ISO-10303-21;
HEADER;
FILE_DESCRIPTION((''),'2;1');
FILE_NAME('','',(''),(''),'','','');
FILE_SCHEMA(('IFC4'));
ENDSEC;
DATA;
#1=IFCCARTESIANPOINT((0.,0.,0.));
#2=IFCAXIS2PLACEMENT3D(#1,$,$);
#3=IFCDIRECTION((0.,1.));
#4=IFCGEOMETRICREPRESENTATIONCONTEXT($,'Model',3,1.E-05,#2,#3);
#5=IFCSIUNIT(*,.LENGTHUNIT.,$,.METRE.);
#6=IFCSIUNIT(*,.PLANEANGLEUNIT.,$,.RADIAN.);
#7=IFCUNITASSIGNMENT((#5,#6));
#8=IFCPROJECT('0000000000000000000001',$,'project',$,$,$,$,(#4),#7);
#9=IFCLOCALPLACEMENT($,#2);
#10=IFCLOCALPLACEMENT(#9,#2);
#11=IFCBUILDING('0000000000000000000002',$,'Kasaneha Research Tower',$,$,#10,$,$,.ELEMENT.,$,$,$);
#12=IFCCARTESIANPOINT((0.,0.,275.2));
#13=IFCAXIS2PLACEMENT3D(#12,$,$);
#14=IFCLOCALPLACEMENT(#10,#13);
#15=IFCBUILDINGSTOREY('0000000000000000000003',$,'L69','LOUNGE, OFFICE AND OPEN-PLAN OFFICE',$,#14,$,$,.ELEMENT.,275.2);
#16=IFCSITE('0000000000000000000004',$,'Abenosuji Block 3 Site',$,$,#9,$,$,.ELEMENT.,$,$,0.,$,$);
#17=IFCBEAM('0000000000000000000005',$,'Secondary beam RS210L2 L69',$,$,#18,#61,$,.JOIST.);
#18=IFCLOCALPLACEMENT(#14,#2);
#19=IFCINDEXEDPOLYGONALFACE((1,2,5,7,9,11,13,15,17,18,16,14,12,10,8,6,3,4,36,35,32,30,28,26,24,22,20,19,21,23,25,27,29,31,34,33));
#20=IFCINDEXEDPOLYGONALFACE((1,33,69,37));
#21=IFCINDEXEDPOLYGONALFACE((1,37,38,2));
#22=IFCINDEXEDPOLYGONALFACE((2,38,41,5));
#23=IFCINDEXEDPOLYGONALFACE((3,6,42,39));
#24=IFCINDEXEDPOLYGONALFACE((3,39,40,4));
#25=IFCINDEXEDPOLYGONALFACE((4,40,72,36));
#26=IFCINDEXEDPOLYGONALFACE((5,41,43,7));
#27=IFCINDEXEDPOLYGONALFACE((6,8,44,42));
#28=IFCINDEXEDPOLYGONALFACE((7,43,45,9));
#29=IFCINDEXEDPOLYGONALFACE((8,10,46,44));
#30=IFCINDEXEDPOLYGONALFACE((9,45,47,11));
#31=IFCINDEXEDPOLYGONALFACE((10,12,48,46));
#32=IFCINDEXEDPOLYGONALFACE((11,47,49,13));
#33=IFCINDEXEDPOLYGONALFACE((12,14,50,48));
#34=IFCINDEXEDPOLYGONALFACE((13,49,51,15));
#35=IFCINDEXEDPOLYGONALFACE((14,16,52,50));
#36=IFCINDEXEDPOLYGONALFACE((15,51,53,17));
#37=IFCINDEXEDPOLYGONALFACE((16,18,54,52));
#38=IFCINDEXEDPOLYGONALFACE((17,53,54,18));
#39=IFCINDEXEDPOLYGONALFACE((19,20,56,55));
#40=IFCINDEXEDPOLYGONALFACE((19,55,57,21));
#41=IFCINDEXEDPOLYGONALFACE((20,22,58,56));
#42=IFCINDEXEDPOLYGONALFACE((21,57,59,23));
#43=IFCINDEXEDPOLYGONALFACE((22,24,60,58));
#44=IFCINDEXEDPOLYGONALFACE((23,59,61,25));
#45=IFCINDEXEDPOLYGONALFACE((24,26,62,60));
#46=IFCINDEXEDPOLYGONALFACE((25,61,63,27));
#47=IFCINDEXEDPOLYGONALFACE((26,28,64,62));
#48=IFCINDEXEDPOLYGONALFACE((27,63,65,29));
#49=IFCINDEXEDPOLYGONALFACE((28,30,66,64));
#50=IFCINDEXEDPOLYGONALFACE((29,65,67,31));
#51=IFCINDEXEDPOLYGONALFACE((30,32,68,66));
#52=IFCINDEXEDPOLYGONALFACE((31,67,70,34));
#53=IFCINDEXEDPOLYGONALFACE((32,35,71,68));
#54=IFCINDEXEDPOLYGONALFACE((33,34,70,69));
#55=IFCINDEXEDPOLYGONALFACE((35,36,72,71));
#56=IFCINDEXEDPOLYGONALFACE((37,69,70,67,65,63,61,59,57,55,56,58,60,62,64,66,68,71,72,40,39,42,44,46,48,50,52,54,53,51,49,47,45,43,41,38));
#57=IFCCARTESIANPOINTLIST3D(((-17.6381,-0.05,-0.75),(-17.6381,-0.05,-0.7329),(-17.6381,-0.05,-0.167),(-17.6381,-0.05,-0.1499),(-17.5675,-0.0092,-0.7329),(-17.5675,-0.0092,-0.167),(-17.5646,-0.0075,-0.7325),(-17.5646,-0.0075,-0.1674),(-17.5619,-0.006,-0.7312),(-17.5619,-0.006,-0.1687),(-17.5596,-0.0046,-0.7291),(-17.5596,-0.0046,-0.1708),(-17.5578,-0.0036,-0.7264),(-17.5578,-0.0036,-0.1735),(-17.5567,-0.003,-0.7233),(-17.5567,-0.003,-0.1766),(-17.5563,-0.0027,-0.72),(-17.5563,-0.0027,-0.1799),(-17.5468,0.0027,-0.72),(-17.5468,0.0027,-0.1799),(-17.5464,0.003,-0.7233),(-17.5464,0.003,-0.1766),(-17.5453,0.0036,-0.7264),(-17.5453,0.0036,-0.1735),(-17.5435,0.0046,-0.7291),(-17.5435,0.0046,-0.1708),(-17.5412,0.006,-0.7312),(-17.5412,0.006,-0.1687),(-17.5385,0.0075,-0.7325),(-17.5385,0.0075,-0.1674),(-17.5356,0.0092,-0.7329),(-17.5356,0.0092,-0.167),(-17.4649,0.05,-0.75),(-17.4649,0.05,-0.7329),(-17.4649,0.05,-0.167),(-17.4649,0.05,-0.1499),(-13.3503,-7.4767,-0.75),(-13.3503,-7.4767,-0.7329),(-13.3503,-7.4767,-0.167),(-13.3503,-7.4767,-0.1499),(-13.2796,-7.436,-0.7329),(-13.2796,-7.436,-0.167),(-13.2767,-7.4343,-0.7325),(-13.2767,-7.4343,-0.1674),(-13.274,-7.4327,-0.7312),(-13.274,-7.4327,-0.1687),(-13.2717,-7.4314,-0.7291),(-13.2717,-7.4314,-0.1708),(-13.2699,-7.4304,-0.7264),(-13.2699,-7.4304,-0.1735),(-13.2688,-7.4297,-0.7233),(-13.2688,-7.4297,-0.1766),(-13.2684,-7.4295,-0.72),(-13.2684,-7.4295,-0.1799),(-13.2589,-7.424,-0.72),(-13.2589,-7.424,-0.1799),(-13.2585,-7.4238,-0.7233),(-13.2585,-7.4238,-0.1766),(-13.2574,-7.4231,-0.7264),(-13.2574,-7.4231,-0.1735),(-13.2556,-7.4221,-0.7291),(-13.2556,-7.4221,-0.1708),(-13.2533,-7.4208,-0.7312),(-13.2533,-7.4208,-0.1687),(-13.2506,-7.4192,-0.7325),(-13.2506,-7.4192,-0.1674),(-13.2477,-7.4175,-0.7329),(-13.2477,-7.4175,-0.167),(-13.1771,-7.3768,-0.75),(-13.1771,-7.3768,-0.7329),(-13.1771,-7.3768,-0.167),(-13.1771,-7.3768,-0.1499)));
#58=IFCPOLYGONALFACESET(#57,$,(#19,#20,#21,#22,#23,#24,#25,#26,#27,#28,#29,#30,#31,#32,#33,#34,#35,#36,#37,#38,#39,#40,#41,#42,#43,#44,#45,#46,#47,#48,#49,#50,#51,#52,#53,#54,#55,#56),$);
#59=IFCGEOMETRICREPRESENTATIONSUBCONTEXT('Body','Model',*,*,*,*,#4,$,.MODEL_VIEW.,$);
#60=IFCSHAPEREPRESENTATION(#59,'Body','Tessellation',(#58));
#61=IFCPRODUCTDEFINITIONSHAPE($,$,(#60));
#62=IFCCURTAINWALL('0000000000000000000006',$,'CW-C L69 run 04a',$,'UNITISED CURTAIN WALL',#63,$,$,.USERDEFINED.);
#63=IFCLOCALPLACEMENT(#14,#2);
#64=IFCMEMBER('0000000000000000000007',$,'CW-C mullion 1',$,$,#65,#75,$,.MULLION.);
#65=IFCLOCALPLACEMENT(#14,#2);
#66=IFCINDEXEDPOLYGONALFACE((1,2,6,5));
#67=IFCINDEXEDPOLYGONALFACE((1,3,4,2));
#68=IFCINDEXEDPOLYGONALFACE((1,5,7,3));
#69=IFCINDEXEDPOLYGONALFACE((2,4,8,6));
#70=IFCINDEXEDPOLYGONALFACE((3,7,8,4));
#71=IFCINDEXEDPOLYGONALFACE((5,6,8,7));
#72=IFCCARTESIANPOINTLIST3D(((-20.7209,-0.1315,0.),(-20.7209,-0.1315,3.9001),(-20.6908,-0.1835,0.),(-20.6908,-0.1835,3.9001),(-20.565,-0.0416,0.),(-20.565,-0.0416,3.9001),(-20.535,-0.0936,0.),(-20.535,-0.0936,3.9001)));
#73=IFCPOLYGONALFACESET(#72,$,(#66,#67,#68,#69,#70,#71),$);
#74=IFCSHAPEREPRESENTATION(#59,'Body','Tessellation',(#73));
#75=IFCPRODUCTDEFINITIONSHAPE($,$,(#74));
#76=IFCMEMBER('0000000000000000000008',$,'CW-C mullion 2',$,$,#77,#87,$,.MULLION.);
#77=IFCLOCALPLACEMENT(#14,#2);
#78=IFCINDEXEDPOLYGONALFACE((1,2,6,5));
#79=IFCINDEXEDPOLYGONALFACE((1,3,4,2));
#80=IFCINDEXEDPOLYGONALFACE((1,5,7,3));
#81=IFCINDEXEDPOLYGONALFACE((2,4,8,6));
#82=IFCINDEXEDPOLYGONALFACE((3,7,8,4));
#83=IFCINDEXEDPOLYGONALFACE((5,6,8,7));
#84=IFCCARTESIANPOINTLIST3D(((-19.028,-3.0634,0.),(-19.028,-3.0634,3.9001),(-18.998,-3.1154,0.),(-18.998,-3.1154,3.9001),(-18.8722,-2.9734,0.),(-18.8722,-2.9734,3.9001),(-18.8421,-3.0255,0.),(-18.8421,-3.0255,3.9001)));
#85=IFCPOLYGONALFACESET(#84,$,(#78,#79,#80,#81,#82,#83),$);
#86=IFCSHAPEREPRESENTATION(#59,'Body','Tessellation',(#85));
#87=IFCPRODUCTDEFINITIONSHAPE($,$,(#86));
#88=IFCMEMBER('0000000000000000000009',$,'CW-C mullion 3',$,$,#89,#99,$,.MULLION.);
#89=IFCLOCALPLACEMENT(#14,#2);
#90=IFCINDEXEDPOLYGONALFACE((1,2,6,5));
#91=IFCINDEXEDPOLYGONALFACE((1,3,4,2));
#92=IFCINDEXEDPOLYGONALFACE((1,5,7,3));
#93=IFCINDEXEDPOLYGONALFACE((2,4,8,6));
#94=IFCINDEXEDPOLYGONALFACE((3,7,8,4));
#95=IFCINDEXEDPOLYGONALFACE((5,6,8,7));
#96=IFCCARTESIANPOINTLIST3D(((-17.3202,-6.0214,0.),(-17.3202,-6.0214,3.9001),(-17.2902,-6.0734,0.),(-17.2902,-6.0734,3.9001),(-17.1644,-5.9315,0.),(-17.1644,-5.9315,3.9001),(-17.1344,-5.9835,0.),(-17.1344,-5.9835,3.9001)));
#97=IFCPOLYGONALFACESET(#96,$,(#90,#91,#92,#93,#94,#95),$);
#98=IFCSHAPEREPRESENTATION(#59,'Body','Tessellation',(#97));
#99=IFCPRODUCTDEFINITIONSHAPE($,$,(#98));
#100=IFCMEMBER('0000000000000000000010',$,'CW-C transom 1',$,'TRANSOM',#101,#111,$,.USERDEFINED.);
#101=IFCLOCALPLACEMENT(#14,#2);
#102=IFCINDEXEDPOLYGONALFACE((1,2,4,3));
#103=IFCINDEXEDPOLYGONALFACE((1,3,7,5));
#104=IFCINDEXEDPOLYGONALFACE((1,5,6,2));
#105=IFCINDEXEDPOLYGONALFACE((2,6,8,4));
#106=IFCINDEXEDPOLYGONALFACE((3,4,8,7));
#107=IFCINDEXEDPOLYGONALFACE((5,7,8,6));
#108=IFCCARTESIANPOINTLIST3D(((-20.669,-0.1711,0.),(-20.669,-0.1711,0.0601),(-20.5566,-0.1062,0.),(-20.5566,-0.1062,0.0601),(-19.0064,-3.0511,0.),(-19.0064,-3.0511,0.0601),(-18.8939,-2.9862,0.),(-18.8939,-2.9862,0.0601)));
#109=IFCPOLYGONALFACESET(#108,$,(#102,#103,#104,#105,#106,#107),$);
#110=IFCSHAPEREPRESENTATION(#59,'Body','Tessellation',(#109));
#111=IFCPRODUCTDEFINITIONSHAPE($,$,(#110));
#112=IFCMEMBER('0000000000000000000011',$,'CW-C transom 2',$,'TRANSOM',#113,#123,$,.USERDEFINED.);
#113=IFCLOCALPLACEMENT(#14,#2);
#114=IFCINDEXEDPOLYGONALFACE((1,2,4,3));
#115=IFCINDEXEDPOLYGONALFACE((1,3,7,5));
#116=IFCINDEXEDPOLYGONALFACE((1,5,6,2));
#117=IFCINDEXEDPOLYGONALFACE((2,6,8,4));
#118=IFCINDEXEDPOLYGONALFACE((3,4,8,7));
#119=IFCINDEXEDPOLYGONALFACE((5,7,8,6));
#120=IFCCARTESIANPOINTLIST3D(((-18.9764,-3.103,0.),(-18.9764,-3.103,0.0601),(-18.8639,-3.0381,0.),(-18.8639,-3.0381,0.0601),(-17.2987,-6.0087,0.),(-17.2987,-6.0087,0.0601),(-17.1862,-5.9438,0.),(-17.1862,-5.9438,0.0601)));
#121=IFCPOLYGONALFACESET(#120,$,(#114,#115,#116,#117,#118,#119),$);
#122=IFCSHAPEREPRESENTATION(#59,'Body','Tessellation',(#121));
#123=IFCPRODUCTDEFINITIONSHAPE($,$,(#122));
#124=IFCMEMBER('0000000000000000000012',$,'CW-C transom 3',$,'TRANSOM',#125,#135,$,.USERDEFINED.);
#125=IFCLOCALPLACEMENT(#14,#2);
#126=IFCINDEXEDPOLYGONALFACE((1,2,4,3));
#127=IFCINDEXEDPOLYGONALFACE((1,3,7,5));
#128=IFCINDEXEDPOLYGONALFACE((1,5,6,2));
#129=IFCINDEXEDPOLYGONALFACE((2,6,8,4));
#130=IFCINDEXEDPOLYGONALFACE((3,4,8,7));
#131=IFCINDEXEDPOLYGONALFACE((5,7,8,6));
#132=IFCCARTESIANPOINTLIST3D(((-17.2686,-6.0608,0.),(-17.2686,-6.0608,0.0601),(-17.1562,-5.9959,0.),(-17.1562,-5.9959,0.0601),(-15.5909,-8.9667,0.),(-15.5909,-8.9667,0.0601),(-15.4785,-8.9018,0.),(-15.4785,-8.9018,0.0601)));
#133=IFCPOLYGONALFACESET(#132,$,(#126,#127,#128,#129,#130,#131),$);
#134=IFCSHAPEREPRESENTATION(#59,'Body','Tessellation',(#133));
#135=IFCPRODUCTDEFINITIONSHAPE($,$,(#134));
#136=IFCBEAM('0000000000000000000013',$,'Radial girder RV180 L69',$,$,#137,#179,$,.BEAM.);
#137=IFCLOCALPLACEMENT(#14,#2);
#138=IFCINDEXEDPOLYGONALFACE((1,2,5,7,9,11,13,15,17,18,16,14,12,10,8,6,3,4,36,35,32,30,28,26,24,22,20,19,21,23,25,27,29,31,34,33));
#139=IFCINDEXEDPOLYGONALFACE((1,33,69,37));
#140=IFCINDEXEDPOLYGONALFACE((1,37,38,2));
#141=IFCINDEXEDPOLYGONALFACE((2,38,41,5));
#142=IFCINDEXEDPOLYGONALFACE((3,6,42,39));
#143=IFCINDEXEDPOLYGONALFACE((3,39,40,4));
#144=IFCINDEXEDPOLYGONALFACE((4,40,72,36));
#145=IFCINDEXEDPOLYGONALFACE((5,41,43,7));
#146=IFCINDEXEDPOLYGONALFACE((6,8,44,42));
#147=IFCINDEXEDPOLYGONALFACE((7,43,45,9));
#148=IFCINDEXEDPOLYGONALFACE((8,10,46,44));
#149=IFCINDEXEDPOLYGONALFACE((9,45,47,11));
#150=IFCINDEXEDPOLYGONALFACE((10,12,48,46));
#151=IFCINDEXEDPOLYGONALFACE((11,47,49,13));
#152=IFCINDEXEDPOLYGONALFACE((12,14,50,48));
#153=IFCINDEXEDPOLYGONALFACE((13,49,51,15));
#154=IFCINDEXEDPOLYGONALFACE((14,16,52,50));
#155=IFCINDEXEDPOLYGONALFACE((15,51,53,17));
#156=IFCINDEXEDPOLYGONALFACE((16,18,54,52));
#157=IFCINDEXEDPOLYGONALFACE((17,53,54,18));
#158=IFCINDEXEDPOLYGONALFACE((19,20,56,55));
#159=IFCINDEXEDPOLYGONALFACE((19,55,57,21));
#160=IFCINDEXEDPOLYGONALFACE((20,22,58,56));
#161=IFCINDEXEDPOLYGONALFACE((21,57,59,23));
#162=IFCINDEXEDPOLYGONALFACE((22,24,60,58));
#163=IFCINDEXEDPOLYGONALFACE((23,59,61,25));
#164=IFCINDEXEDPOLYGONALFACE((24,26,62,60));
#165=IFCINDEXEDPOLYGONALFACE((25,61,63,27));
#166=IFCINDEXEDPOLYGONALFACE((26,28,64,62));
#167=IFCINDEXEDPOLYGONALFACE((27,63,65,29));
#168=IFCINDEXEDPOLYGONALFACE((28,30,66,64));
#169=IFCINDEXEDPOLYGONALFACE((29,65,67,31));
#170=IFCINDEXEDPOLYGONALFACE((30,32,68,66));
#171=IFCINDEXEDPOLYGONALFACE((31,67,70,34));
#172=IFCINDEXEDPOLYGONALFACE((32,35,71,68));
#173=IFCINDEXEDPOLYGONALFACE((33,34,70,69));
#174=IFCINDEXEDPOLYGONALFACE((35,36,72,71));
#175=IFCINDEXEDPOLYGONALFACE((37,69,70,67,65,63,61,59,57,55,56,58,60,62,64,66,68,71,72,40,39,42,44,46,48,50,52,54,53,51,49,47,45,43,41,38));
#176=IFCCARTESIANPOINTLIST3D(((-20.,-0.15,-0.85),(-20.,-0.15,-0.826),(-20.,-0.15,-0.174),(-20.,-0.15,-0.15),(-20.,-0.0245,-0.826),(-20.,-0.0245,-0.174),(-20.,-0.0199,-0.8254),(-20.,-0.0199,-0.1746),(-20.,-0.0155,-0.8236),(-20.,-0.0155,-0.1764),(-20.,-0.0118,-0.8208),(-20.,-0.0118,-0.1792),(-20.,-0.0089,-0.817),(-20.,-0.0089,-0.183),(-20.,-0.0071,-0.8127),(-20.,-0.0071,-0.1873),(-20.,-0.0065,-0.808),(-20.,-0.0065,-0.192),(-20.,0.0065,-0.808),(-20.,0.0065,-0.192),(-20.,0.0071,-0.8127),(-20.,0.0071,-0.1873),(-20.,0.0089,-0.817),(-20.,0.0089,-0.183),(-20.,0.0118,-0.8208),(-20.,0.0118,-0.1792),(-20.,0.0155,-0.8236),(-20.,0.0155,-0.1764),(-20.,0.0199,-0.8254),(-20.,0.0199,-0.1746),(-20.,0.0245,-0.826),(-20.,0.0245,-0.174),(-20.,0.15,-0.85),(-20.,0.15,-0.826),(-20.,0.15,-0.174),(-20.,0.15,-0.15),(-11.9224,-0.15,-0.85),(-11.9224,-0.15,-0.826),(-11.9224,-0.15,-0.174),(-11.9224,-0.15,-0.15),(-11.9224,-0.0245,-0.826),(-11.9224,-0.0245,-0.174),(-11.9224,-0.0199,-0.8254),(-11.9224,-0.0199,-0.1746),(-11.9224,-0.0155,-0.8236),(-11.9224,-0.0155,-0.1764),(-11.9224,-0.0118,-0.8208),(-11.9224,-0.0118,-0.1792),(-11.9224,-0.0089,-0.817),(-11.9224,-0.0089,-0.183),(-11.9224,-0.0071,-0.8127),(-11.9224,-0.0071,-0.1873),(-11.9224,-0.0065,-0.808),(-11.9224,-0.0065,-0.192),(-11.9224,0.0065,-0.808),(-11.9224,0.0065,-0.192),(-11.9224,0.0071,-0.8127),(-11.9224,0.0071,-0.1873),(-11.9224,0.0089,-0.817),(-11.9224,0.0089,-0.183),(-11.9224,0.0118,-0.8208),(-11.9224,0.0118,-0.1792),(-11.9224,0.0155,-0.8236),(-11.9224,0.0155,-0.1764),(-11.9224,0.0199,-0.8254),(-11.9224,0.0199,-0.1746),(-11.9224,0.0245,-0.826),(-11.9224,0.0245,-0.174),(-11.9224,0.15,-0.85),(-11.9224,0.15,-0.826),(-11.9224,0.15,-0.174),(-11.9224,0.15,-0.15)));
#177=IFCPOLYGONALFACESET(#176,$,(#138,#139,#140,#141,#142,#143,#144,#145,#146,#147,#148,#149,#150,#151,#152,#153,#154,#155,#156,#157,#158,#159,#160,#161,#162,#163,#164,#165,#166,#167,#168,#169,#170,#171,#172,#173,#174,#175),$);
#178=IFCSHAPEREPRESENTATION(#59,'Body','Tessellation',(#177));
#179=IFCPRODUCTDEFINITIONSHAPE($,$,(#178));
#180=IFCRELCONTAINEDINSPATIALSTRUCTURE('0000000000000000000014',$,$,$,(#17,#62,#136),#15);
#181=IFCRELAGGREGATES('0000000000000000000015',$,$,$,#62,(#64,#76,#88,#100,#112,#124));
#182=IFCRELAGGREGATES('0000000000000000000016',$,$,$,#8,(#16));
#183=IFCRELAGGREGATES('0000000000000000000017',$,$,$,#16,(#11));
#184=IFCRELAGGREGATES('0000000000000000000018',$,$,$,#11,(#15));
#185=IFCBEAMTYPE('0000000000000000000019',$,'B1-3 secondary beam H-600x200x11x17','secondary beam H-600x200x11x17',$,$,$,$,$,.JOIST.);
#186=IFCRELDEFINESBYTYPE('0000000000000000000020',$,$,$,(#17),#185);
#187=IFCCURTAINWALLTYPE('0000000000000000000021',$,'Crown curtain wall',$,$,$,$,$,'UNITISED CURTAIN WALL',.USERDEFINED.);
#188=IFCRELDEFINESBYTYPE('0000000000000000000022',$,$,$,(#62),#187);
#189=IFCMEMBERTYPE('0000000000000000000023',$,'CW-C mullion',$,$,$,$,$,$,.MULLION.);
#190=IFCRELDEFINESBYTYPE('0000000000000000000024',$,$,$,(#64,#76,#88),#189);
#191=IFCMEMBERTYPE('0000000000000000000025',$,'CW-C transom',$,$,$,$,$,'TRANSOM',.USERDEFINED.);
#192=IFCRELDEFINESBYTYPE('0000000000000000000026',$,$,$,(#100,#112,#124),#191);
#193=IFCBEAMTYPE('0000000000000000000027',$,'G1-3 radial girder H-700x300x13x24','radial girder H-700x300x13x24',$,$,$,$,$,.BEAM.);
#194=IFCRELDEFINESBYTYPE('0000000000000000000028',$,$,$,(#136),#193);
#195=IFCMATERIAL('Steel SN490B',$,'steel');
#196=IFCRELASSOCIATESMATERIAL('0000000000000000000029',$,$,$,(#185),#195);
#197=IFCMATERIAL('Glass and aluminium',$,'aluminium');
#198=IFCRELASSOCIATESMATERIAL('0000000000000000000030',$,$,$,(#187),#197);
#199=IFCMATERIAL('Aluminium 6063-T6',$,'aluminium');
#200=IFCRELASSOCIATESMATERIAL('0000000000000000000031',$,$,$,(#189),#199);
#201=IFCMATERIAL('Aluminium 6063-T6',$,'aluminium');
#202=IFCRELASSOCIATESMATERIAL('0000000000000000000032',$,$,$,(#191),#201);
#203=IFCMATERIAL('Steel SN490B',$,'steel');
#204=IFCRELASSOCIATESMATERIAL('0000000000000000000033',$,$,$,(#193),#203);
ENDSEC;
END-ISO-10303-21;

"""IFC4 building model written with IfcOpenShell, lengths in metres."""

from ifc_helpers import new_model, si_unit, direction, frame, origin, origin_2d, place, context, subcontext, project, spatial, rectangle, i_section, extrude, material, material_profile, profile_set, type_object, element, aggregate, save


model = new_model("IFC4")

# Units and contexts
model_context = context("Model", 3, precision=1e-05, world=origin(), true_north=direction((0.0, 1.0)))
body_context = subcontext(model_context, "Body", "Model", "MODEL_VIEW")
ifc_project = project(units=[si_unit("LENGTHUNIT", "METRE"), si_unit("PLANEANGLEUNIT", "RADIAN")], contexts=[model_context])

# Site, building, storey
site_placement = place(None, origin())
site = spatial("IfcSite", under=ifc_project, at=site_placement, Name="Abenosuji Block 3 Site", CompositionType="ELEMENT", RefElevation=0.0)
building_placement = place(site_placement, origin())
building = spatial("IfcBuilding", under=site, at=building_placement, Name="Kasaneha Research Tower", CompositionType="ELEMENT")
storey_placement = place(building_placement, frame((0.0, 0.0, 275.2)))
storey = spatial("IfcBuildingStorey", under=building, at=storey_placement, Name="L69", Description="LOUNGE, OFFICE AND OPEN-PLAN OFFICE", CompositionType="ELEMENT", Elevation=275.2)

# Beam
ifc_material_1 = material(Name="Steel SN490B", Category="steel")
ifc_material_profile_1 = material_profile(ifc_material_1, i_section(OverallWidth=0.2, OverallDepth=0.6001, WebThickness=0.011, FlangeThickness=0.0171, FilletRadius=0.0129, at=origin_2d()), Name="H-600x200x11x17")
ifc_profile_set_1 = profile_set([ifc_material_profile_1], Name="Steel SN490B")
beam_type_1 = type_object("IfcBeamType", Name="B1-3 secondary beam H-600x200x11x17", Description="secondary beam H-600x200x11x17", PredefinedType="JOIST", material=ifc_profile_set_1)
beam_1_placement = place(storey_placement, frame((-17.5515, 0.0, -0.45), z_axis=(0.5, -0.866025, 0.0), x_axis=(0.866025, 0.5, 0.0)))
element("IfcBeam", 1, at=beam_1_placement, inside=storey, type_object=beam_type_1, Name="Secondary beam RS210L2 L69", PredefinedType="JOIST", context=body_context, shape_type="SweptSolid", body=[
    extrude(i_section(OverallWidth=0.2, OverallDepth=0.6001, WebThickness=0.011, FlangeThickness=0.0171, FilletRadius=0.0129, at=origin_2d()), origin(), (0.0, 0.0, 1.0), 8.5757),
])

# Curtain wall, members
ifc_material_2 = material(Name="Glass and aluminium", Category="aluminium")
curtain_wall_type = type_object("IfcCurtainWallType", Name="Crown curtain wall", ElementType="UNITISED CURTAIN WALL", PredefinedType="USERDEFINED", material=ifc_material_2)
curtain_wall_placement = place(storey_placement, origin())
curtain_wall = element("IfcCurtainWall", 2, at=curtain_wall_placement, inside=storey, type_object=curtain_wall_type, Name="CW-C L69 run 04a", ObjectType="UNITISED CURTAIN WALL", PredefinedType="USERDEFINED")
ifc_material_3 = material(Name="Aluminium 6063-T6", Category="aluminium")
ifc_material_profile_2 = material_profile(ifc_material_3, rectangle(XDim=0.0601, YDim=0.1799, at=origin_2d()), Name="CW-C mullion 60x180")
ifc_profile_set_2 = profile_set([ifc_material_profile_2], Name="Aluminium 6063-T6")
member_type_1 = type_object("IfcMemberType", Name="CW-C mullion", PredefinedType="MULLION", material=ifc_profile_set_2)
member_1_placement = place(storey_placement, frame((-20.6279, -0.1125, 0.0), z_axis=(0.0, 0.0, 1.0), x_axis=(0.5, -0.866025, 0.0)))
member_1 = element("IfcMember", 3, at=member_1_placement, type_object=member_type_1, Name="CW-C mullion 1", PredefinedType="MULLION", context=body_context, shape_type="SweptSolid", body=[
    extrude(rectangle(XDim=0.0601, YDim=0.1799, at=origin_2d()), origin(), (0.0, 0.0, 1.0), 3.9001),
])
member_2_placement = place(storey_placement, frame((-18.9351, -3.0444, 0.0), z_axis=(0.0, 0.0, 1.0), x_axis=(0.5, -0.866025, 0.0)))
member_2 = element("IfcMember", 4, at=member_2_placement, type_object=member_type_1, Name="CW-C mullion 2", PredefinedType="MULLION", context=body_context, shape_type="SweptSolid", body=[
    extrude(rectangle(XDim=0.0601, YDim=0.1799, at=origin_2d()), origin(), (0.0, 0.0, 1.0), 3.9001),
])
member_3_placement = place(storey_placement, frame((-17.2273, -6.0024, 0.0), z_axis=(0.0, 0.0, 1.0), x_axis=(0.5, -0.866025, 0.0)))
member_3 = element("IfcMember", 5, at=member_3_placement, type_object=member_type_1, Name="CW-C mullion 3", PredefinedType="MULLION", context=body_context, shape_type="SweptSolid", body=[
    extrude(rectangle(XDim=0.0601, YDim=0.1799, at=origin_2d()), origin(), (0.0, 0.0, 1.0), 3.9001),
])
ifc_material_4 = material(Name="Aluminium 6063-T6", Category="aluminium")
ifc_material_profile_3 = material_profile(ifc_material_4, rectangle(XDim=0.1299, YDim=0.0601, at=origin_2d()), Name="CW-C transom 130x60")
ifc_profile_set_3 = profile_set([ifc_material_profile_3], Name="Aluminium 6063-T6")
member_type_2 = type_object("IfcMemberType", Name="CW-C transom", ElementType="TRANSOM", PredefinedType="USERDEFINED", material=ifc_profile_set_3)
member_4_placement = place(storey_placement, frame((-20.6128, -0.1387, 0.03), z_axis=(0.499977, -0.866039, 0.0), x_axis=(0.866039, 0.499977, 0.0)))
member_4 = element("IfcMember", 6, at=member_4_placement, type_object=member_type_2, Name="CW-C transom 1", ObjectType="TRANSOM", PredefinedType="USERDEFINED", context=body_context, shape_type="SweptSolid", body=[
    extrude(rectangle(XDim=0.1299, YDim=0.0601, at=origin_2d()), origin(), (0.0, 0.0, 1.0), 3.3254),
])
member_5_placement = place(storey_placement, frame((-18.9202, -3.0706, 0.03), z_axis=(0.500021, -0.866014, 0.0), x_axis=(0.866014, 0.500021, 0.0)))
member_5 = element("IfcMember", 7, at=member_5_placement, type_object=member_type_2, Name="CW-C transom 2", ObjectType="TRANSOM", PredefinedType="USERDEFINED", context=body_context, shape_type="SweptSolid", body=[
    extrude(rectangle(XDim=0.1299, YDim=0.0601, at=origin_2d()), origin(), (0.0, 0.0, 1.0), 3.3552),
])
member_6_placement = place(storey_placement, frame((-17.2124, -6.0283, 0.03), z_axis=(0.499989, -0.866032, 0.0), x_axis=(0.866032, 0.499989, 0.0)))
member_6 = element("IfcMember", 8, at=member_6_placement, type_object=member_type_2, Name="CW-C transom 3", ObjectType="TRANSOM", PredefinedType="USERDEFINED", context=body_context, shape_type="SweptSolid", body=[
    extrude(rectangle(XDim=0.1299, YDim=0.0601, at=origin_2d()), origin(), (0.0, 0.0, 1.0), 3.3555),
])

# Beam
ifc_material_5 = material(Name="Steel SN490B", Category="steel")
ifc_material_profile_4 = material_profile(ifc_material_5, i_section(OverallWidth=0.3, OverallDepth=0.7, WebThickness=0.0129, FlangeThickness=0.0239, FilletRadius=0.0181, at=origin_2d()), Name="H-700x300x13x24")
ifc_profile_set_4 = profile_set([ifc_material_profile_4], Name="Steel SN490B")
beam_type_2 = type_object("IfcBeamType", Name="G1-3 radial girder H-700x300x13x24", Description="radial girder H-700x300x13x24", PredefinedType="BEAM", material=ifc_profile_set_4)
beam_2_placement = place(storey_placement, frame((-11.9224, 0.0, -0.5), z_axis=(-1.0, 0.0, 0.0), x_axis=(0.0, -1.0, 0.0)))
element("IfcBeam", 9, at=beam_2_placement, inside=storey, type_object=beam_type_2, Name="Radial girder RV180 L69", PredefinedType="BEAM", context=body_context, shape_type="SweptSolid", body=[
    extrude(i_section(OverallWidth=0.3, OverallDepth=0.7, WebThickness=0.0129, FlangeThickness=0.0239, FilletRadius=0.0181, at=origin_2d()), origin(), (0.0, 0.0, 1.0), 8.0776),
])

aggregate(curtain_wall, [member_1, member_2, member_3, member_4, member_5, member_6])

save(model, "model.ifc")
